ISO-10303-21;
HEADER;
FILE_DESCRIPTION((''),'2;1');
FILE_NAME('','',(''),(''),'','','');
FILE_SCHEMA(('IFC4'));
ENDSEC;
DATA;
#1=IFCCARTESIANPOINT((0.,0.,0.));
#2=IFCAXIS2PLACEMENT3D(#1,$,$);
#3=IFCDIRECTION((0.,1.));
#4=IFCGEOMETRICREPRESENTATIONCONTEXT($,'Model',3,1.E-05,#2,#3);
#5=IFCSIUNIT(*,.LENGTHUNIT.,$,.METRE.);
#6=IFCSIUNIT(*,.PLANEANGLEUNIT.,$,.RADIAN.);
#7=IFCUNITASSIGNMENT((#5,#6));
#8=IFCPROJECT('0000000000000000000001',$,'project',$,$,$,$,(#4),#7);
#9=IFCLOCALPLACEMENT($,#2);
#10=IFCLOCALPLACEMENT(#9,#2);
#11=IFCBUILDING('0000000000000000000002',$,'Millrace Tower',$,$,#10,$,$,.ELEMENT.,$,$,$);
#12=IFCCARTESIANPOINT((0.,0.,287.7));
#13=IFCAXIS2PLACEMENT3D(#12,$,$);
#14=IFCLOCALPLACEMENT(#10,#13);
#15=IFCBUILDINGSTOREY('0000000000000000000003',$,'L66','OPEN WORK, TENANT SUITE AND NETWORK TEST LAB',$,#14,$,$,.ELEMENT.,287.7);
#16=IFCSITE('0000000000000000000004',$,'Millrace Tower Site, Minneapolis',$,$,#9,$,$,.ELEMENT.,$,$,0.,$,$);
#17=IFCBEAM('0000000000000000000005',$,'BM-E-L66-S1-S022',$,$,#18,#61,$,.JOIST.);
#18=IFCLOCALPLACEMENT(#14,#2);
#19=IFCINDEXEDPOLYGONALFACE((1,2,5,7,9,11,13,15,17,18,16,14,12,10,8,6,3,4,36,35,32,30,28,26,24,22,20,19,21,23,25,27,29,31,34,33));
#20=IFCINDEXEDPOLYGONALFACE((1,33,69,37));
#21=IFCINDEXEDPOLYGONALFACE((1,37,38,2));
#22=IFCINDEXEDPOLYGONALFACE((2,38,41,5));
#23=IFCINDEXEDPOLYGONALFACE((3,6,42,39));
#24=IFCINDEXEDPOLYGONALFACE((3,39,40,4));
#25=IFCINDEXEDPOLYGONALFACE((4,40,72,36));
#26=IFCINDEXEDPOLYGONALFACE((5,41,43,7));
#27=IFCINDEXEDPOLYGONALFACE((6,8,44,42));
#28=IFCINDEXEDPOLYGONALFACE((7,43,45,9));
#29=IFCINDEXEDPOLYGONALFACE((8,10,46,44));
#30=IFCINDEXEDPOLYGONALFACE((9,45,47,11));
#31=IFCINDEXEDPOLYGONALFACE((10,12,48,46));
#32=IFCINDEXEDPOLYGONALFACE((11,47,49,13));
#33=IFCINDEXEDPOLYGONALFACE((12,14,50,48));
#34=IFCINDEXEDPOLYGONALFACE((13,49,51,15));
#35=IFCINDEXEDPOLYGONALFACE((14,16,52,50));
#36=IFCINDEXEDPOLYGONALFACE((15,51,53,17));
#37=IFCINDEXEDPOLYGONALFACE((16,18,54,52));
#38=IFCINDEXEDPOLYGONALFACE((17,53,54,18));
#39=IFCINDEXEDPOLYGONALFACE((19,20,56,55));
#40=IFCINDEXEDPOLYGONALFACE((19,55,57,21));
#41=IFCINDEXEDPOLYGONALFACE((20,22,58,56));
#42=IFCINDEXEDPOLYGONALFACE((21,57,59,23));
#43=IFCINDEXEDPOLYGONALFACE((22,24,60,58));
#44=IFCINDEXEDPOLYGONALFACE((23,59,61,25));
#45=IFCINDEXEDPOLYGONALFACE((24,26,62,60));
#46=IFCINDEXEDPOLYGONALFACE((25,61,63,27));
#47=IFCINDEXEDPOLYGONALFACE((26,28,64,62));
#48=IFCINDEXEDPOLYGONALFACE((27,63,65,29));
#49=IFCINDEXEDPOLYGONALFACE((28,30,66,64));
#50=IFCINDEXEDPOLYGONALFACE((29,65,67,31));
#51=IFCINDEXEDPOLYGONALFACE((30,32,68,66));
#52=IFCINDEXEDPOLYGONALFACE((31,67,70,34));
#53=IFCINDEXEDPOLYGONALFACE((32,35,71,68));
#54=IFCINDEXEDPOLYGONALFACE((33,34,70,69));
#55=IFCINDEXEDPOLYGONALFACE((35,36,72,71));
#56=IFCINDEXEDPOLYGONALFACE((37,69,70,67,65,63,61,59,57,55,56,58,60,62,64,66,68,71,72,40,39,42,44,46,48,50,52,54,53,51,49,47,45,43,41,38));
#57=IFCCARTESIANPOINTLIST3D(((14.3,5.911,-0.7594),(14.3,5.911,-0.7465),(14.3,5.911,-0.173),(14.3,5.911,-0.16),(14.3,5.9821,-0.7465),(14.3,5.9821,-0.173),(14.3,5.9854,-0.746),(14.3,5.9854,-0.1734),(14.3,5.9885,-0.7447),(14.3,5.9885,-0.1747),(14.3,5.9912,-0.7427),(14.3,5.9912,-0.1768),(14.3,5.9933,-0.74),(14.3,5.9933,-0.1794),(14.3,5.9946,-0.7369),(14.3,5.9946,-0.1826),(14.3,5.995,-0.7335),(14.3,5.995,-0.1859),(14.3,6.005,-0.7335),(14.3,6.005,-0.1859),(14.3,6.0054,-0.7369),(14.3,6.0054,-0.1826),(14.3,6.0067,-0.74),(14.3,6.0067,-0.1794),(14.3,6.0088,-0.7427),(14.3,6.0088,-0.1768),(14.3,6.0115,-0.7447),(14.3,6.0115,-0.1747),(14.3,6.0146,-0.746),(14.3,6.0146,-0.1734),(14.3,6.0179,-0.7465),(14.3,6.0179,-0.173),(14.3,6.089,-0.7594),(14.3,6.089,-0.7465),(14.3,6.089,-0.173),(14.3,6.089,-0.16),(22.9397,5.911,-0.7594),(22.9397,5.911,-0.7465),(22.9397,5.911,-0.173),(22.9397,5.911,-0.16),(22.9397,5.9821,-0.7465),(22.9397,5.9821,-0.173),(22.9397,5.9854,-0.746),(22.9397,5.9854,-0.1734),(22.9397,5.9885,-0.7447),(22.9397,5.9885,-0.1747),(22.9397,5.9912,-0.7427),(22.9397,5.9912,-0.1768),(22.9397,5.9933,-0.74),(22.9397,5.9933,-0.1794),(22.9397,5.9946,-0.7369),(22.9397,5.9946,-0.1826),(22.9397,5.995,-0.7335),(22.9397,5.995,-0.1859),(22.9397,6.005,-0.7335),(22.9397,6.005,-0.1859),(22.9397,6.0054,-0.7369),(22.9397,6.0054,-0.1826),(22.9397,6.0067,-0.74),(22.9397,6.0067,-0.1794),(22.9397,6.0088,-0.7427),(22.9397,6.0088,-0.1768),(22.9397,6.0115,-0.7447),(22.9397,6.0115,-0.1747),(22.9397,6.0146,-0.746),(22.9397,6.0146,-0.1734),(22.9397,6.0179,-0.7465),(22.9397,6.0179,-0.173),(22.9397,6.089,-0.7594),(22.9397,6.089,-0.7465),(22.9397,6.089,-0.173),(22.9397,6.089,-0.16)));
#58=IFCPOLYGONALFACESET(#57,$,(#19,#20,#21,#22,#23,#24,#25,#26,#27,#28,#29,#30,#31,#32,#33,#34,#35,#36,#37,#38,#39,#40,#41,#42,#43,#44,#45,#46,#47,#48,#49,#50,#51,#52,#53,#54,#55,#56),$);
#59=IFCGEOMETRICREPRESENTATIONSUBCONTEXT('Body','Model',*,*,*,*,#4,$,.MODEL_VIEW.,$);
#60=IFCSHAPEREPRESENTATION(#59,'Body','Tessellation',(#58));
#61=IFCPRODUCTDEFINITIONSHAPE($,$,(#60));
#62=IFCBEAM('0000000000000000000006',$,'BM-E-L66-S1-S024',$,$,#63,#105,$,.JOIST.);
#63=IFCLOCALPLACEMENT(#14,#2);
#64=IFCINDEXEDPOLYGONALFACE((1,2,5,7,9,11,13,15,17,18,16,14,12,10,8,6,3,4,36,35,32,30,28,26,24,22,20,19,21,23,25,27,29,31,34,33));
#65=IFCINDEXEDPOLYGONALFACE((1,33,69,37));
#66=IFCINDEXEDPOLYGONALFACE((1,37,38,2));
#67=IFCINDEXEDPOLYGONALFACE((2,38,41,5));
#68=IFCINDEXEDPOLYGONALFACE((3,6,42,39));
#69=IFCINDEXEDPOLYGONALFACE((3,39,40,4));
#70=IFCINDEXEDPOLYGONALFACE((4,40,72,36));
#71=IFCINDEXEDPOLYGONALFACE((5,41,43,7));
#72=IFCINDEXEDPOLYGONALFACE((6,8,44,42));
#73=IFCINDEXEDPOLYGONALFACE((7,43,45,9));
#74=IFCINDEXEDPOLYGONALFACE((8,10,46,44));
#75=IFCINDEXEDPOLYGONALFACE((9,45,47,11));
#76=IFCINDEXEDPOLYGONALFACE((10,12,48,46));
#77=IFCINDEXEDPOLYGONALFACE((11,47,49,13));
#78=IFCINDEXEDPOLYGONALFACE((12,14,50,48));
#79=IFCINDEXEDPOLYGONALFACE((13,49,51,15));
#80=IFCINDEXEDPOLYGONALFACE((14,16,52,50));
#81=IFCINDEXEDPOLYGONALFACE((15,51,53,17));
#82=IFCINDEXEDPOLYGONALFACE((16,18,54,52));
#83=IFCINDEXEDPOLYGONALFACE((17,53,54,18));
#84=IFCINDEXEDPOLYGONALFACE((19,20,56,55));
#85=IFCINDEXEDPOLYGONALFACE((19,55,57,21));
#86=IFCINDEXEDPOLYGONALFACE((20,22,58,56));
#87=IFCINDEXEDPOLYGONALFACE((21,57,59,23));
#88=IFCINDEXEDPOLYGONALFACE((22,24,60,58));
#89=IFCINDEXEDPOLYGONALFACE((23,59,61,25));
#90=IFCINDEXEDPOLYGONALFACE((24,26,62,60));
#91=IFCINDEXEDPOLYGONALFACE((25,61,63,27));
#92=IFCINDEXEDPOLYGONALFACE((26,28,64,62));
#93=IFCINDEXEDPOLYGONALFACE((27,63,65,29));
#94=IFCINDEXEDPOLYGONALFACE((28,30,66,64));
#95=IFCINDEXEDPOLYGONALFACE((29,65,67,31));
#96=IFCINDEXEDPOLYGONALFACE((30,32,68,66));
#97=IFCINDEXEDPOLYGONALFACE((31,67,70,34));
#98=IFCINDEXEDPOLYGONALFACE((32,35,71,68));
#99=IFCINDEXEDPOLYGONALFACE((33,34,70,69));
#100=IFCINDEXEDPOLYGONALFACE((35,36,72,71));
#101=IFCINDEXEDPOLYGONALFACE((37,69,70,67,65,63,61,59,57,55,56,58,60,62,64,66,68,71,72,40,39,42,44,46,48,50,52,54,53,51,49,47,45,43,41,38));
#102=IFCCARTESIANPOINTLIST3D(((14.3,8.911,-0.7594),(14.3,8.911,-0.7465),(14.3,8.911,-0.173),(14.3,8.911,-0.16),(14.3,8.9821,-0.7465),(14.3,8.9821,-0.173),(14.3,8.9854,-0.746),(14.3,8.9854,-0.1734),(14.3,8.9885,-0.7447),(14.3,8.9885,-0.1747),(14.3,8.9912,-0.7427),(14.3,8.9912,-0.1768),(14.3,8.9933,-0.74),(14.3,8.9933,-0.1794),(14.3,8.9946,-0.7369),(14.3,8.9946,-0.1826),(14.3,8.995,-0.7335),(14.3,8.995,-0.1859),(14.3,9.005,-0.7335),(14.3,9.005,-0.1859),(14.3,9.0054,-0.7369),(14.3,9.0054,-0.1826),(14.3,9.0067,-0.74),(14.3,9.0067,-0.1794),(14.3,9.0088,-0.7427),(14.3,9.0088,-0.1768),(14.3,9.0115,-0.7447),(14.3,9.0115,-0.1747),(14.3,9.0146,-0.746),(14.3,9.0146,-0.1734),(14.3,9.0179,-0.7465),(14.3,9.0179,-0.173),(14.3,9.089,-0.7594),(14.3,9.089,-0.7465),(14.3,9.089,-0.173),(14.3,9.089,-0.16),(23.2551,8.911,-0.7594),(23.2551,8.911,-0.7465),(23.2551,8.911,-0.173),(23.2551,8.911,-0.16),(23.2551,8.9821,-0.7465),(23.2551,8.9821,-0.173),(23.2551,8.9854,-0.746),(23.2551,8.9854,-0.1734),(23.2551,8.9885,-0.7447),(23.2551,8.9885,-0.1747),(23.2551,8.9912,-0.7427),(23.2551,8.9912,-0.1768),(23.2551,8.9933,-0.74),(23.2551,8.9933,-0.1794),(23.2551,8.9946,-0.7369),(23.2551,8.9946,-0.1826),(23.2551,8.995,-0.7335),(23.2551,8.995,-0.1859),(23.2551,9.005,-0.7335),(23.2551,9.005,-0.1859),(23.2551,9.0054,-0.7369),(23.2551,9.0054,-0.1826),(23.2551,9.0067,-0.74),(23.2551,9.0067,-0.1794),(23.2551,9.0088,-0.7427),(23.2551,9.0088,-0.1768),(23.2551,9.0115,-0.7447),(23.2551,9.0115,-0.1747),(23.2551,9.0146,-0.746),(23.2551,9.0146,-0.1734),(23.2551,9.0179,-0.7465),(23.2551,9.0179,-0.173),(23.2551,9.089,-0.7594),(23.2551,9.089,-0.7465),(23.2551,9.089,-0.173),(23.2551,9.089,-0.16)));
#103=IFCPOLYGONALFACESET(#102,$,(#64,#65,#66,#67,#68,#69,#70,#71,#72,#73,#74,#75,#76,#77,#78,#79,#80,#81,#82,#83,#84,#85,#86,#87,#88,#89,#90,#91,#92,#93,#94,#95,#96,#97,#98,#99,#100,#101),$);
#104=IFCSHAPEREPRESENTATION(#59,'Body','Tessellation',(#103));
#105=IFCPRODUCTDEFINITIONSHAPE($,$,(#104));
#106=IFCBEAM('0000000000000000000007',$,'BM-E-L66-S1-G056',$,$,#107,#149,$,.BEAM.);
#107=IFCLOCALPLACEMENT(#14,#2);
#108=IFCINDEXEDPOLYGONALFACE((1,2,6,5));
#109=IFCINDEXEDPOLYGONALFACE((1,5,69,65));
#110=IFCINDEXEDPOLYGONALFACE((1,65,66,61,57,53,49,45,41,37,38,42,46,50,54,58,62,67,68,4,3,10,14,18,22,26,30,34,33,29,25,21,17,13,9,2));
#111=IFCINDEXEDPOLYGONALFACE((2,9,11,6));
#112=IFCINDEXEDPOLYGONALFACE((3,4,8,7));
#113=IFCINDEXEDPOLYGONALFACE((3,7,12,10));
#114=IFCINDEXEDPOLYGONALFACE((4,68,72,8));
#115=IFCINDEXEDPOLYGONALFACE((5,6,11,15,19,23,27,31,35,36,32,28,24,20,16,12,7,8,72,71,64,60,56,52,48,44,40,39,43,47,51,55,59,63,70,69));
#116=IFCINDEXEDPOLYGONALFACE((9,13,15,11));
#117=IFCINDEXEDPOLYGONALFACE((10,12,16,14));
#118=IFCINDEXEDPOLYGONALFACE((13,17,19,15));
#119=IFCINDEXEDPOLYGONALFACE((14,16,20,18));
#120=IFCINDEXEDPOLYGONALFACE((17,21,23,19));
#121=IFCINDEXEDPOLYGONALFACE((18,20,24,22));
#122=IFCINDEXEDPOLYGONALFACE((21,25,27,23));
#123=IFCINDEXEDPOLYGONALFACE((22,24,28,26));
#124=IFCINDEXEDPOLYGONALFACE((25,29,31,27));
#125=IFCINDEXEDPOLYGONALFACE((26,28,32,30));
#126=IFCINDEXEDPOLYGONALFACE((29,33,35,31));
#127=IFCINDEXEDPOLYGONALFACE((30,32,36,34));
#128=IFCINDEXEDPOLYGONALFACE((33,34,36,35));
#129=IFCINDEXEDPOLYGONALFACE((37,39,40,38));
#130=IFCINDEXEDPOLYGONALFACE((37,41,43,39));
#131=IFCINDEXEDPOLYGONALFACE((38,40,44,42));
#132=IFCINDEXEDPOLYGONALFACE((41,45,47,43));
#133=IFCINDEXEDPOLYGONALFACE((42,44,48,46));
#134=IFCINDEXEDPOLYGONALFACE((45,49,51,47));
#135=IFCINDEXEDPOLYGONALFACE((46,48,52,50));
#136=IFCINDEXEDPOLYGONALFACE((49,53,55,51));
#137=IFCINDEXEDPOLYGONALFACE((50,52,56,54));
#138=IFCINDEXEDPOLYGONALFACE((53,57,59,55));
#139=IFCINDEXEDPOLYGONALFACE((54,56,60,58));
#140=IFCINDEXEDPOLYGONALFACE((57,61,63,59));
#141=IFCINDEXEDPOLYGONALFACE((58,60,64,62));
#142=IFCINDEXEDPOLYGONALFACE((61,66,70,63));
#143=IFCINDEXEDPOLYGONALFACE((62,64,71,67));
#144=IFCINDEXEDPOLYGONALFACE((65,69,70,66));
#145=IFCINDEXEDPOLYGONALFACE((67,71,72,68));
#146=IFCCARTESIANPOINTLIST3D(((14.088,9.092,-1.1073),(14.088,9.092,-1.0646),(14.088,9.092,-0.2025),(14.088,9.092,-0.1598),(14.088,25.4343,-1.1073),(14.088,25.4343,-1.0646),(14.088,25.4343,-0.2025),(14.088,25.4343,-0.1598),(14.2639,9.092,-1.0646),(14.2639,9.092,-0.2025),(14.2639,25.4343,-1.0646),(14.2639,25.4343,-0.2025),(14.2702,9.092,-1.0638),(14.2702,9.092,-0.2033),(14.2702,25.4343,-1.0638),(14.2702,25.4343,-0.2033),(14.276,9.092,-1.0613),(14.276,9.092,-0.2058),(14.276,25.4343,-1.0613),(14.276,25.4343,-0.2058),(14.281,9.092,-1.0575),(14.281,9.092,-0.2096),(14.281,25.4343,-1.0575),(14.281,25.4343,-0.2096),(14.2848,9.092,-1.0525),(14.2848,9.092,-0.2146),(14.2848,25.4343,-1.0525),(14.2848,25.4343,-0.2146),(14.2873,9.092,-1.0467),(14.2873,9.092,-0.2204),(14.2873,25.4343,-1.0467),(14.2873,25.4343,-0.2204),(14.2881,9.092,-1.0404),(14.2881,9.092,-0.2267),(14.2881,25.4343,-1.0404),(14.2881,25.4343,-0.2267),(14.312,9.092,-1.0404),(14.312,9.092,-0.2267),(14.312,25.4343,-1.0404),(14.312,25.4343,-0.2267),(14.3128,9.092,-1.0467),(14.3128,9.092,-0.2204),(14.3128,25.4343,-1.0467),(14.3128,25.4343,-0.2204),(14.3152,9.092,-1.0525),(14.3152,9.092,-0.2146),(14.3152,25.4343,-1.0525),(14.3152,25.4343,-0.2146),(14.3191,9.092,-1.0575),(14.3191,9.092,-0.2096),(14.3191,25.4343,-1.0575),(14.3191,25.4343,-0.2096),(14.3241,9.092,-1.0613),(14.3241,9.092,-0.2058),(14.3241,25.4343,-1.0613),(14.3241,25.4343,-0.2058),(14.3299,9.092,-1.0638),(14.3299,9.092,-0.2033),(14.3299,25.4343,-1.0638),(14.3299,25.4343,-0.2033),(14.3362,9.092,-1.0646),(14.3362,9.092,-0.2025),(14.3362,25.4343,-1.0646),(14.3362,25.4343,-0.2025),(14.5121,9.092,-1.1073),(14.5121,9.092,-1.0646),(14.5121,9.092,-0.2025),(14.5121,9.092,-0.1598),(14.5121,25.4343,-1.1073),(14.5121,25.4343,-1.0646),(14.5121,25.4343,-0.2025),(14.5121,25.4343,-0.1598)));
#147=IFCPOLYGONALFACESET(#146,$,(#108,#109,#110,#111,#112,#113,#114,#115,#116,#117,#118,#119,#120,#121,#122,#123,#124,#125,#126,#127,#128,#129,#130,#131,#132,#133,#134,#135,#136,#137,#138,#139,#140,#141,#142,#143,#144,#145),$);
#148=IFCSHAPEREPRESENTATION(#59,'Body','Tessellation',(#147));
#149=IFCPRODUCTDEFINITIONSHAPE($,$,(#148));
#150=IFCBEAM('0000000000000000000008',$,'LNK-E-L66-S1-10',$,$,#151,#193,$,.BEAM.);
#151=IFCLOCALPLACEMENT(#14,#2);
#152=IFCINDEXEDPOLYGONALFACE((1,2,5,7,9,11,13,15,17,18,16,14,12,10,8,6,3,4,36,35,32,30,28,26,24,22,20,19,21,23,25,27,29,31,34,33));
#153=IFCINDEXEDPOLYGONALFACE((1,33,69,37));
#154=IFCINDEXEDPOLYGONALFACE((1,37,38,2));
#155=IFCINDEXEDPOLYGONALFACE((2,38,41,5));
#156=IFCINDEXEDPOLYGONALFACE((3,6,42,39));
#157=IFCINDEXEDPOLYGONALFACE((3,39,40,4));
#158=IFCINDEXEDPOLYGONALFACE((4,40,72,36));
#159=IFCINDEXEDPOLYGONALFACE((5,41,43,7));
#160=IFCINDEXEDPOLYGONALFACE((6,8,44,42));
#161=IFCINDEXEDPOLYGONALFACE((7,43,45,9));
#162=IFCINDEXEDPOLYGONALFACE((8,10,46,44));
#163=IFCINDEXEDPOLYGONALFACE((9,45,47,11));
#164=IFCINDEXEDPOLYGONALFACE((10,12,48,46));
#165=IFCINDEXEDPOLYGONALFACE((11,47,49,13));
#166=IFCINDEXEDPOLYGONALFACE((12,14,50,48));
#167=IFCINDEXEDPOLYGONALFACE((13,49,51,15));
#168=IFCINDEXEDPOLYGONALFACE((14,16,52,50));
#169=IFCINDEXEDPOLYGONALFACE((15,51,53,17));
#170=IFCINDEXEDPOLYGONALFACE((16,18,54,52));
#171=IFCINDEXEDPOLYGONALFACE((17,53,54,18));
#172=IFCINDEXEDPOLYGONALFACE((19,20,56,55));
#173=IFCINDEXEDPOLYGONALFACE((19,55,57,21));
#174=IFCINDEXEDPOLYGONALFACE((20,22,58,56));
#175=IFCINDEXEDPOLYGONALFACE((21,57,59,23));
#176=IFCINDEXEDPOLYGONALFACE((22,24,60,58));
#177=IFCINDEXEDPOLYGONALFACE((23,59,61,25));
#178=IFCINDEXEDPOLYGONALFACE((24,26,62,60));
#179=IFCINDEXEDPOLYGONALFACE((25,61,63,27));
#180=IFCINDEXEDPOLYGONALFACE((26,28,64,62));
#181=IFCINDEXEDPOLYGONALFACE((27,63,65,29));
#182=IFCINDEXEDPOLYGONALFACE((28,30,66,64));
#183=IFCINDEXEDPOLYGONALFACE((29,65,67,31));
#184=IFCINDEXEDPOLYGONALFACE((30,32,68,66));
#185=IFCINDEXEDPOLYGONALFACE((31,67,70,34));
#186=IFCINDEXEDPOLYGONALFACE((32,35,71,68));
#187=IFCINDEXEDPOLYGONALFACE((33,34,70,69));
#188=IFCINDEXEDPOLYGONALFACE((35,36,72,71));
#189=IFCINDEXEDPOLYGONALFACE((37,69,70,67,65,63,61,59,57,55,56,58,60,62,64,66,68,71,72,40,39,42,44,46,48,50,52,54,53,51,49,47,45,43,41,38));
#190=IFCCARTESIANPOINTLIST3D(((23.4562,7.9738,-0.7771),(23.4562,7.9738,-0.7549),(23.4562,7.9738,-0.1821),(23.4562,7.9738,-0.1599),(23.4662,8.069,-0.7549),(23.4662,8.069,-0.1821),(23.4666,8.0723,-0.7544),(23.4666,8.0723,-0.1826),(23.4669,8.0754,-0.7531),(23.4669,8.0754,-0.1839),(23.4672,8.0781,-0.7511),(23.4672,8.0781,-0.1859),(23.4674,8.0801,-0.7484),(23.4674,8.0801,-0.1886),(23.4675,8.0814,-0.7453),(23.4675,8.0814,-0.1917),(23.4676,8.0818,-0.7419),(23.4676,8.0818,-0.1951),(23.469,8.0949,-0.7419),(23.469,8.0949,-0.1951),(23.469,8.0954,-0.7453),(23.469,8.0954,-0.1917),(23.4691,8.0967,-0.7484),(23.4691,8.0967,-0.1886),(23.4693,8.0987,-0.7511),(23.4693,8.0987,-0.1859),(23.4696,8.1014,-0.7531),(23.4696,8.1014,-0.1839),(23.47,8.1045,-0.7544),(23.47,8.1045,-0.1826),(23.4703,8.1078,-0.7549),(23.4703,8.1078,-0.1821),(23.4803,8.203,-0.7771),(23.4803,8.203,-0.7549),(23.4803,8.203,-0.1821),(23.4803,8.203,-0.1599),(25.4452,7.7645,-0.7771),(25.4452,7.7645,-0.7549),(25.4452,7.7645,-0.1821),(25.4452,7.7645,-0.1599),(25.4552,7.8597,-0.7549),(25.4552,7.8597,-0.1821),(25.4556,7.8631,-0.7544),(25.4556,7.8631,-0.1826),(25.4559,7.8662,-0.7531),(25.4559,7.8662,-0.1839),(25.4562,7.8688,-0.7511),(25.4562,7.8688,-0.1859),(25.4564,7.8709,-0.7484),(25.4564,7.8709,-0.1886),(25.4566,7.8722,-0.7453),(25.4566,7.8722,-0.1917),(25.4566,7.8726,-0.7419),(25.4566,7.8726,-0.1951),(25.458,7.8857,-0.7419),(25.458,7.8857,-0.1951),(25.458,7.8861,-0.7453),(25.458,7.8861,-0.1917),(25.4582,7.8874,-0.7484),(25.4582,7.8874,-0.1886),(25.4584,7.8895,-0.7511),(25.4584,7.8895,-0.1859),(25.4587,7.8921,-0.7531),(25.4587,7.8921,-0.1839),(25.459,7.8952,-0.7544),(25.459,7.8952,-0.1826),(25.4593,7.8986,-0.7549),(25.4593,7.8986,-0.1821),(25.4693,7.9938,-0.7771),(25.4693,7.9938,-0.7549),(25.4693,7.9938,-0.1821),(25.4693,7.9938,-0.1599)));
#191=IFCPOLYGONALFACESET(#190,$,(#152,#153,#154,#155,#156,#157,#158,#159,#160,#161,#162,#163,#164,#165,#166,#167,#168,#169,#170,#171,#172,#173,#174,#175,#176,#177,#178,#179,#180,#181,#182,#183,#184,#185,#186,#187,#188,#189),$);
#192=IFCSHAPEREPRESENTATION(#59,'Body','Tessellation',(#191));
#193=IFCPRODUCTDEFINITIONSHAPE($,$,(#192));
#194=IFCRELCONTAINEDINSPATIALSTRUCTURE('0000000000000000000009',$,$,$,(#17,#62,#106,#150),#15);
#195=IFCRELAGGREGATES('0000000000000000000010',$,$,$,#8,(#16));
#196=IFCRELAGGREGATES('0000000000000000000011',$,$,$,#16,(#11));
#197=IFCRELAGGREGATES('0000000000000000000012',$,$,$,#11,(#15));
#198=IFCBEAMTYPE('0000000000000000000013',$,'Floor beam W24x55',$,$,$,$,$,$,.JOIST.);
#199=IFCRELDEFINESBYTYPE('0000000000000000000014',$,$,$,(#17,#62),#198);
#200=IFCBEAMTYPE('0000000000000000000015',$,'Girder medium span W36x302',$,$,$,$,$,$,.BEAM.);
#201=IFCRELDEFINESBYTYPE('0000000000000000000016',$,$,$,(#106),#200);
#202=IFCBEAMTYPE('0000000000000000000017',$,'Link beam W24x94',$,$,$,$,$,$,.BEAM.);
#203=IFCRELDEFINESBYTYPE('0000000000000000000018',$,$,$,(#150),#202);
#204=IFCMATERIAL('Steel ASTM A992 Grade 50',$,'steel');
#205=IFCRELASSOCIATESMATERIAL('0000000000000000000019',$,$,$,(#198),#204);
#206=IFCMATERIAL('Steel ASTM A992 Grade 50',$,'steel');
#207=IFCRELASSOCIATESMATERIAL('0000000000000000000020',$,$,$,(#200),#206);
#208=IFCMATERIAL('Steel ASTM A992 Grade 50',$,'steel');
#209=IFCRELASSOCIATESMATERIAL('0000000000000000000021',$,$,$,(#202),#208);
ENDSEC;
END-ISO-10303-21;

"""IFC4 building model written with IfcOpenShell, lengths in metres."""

from ifc_helpers import new_model, si_unit, direction, frame, origin, origin_2d, place, context, subcontext, project, spatial, i_section, extrude, material, material_profile, profile_set, type_object, element, save


model = new_model("IFC4")

# Units and contexts
model_context = context("Model", 3, precision=1e-05, world=origin(), true_north=direction((0.0, 1.0)))
body_context = subcontext(model_context, "Body", "Model", "MODEL_VIEW")
ifc_project = project(units=[si_unit("LENGTHUNIT", "METRE"), si_unit("PLANEANGLEUNIT", "RADIAN")], contexts=[model_context])

# Site, building, storey
site_placement = place(None, origin())
site = spatial("IfcSite", under=ifc_project, at=site_placement, Name="Millrace Tower Site, Minneapolis", CompositionType="ELEMENT", RefElevation=0.0)
building_placement = place(site_placement, origin())
building = spatial("IfcBuilding", under=site, at=building_placement, Name="Millrace Tower", CompositionType="ELEMENT")
storey_placement = place(building_placement, frame((0.0, 0.0, 287.7)))
storey = spatial("IfcBuildingStorey", under=building, at=storey_placement, Name="L66", Description="OPEN WORK, TENANT SUITE AND NETWORK TEST LAB", CompositionType="ELEMENT", Elevation=287.7)

# Beams
ifc_material_1 = material(Name="Steel ASTM A992 Grade 50", Category="steel")
ifc_material_profile_1 = material_profile(ifc_material_1, i_section(OverallWidth=0.178, OverallDepth=0.5994, WebThickness=0.01, FlangeThickness=0.0129, FilletRadius=0.0129, at=origin_2d()))
ifc_profile_set_1 = profile_set([ifc_material_profile_1], Name="Steel ASTM A992 Grade 50")
beam_type_1 = type_object("IfcBeamType", Name="Floor beam W24x55", PredefinedType="JOIST", material=ifc_profile_set_1)
beam_1_placement = place(storey_placement, frame((14.3, 6.0, -0.4597), z_axis=(1.0, 0.0, 0.0), x_axis=(0.0, 1.0, 0.0)))
element("IfcBeam", 1, at=beam_1_placement, inside=storey, type_object=beam_type_1, Name="BM-E-L66-S1-S022", PredefinedType="JOIST", context=body_context, shape_type="SweptSolid", body=[
    extrude(i_section(OverallWidth=0.178, OverallDepth=0.5994, WebThickness=0.01, FlangeThickness=0.0129, FilletRadius=0.0129, at=origin_2d()), origin(), (0.0, 0.0, 1.0), 8.6396),
])
beam_2_placement = place(storey_placement, frame((14.3, 9.0, -0.4597), z_axis=(1.0, 0.0, 0.0), x_axis=(0.0, 1.0, 0.0)))
element("IfcBeam", 2, at=beam_2_placement, inside=storey, type_object=beam_type_1, Name="BM-E-L66-S1-S024", PredefinedType="JOIST", context=body_context, shape_type="SweptSolid", body=[
    extrude(i_section(OverallWidth=0.178, OverallDepth=0.5994, WebThickness=0.01, FlangeThickness=0.0129, FilletRadius=0.0129, at=origin_2d()), origin(), (0.0, 0.0, 1.0), 8.9551),
])
ifc_material_2 = material(Name="Steel ASTM A992 Grade 50", Category="steel")
ifc_material_profile_2 = material_profile(ifc_material_2, i_section(OverallWidth=0.4241, OverallDepth=0.9475, WebThickness=0.0239, FlangeThickness=0.0427, FilletRadius=0.0242, at=origin_2d()))
ifc_profile_set_2 = profile_set([ifc_material_profile_2], Name="Steel ASTM A992 Grade 50")
beam_type_2 = type_object("IfcBeamType", Name="Girder medium span W36x302", PredefinedType="BEAM", material=ifc_profile_set_2)
beam_3_placement = place(storey_placement, frame((14.3, 9.092, -0.6335), z_axis=(0.0, 1.0, 0.0), x_axis=(-1.0, 0.0, 0.0)))
element("IfcBeam", 3, at=beam_3_placement, inside=storey, type_object=beam_type_2, Name="BM-E-L66-S1-G056", PredefinedType="BEAM", context=body_context, shape_type="SweptSolid", body=[
    extrude(i_section(OverallWidth=0.4241, OverallDepth=0.9475, WebThickness=0.0239, FlangeThickness=0.0427, FilletRadius=0.0242, at=origin_2d()), origin(), (0.0, 0.0, 1.0), 16.3423),
])
ifc_material_3 = material(Name="Steel ASTM A992 Grade 50", Category="steel")
ifc_material_profile_3 = material_profile(ifc_material_3, i_section(OverallWidth=0.2305, OverallDepth=0.6172, WebThickness=0.0132, FlangeThickness=0.0222, FilletRadius=0.0129, at=origin_2d()))
ifc_profile_set_3 = profile_set([ifc_material_profile_3], Name="Steel ASTM A992 Grade 50")
beam_type_3 = type_object("IfcBeamType", Name="Link beam W24x94", PredefinedType="BEAM", material=ifc_profile_set_3)
beam_4_placement = place(storey_placement, frame((23.4683, 8.0884, -0.4685), z_axis=(0.994513, -0.104615, 0.0), x_axis=(0.104615, 0.994513, 0.0)))
element("IfcBeam", 4, at=beam_4_placement, inside=storey, type_object=beam_type_3, Name="LNK-E-L66-S1-10", PredefinedType="BEAM", context=body_context, shape_type="SweptSolid", body=[
    extrude(i_section(OverallWidth=0.2305, OverallDepth=0.6172, WebThickness=0.0132, FlangeThickness=0.0222, FilletRadius=0.0129, at=origin_2d()), origin(), (0.0, 0.0, 1.0), 2.0),
])

save(model, "model.ifc")
